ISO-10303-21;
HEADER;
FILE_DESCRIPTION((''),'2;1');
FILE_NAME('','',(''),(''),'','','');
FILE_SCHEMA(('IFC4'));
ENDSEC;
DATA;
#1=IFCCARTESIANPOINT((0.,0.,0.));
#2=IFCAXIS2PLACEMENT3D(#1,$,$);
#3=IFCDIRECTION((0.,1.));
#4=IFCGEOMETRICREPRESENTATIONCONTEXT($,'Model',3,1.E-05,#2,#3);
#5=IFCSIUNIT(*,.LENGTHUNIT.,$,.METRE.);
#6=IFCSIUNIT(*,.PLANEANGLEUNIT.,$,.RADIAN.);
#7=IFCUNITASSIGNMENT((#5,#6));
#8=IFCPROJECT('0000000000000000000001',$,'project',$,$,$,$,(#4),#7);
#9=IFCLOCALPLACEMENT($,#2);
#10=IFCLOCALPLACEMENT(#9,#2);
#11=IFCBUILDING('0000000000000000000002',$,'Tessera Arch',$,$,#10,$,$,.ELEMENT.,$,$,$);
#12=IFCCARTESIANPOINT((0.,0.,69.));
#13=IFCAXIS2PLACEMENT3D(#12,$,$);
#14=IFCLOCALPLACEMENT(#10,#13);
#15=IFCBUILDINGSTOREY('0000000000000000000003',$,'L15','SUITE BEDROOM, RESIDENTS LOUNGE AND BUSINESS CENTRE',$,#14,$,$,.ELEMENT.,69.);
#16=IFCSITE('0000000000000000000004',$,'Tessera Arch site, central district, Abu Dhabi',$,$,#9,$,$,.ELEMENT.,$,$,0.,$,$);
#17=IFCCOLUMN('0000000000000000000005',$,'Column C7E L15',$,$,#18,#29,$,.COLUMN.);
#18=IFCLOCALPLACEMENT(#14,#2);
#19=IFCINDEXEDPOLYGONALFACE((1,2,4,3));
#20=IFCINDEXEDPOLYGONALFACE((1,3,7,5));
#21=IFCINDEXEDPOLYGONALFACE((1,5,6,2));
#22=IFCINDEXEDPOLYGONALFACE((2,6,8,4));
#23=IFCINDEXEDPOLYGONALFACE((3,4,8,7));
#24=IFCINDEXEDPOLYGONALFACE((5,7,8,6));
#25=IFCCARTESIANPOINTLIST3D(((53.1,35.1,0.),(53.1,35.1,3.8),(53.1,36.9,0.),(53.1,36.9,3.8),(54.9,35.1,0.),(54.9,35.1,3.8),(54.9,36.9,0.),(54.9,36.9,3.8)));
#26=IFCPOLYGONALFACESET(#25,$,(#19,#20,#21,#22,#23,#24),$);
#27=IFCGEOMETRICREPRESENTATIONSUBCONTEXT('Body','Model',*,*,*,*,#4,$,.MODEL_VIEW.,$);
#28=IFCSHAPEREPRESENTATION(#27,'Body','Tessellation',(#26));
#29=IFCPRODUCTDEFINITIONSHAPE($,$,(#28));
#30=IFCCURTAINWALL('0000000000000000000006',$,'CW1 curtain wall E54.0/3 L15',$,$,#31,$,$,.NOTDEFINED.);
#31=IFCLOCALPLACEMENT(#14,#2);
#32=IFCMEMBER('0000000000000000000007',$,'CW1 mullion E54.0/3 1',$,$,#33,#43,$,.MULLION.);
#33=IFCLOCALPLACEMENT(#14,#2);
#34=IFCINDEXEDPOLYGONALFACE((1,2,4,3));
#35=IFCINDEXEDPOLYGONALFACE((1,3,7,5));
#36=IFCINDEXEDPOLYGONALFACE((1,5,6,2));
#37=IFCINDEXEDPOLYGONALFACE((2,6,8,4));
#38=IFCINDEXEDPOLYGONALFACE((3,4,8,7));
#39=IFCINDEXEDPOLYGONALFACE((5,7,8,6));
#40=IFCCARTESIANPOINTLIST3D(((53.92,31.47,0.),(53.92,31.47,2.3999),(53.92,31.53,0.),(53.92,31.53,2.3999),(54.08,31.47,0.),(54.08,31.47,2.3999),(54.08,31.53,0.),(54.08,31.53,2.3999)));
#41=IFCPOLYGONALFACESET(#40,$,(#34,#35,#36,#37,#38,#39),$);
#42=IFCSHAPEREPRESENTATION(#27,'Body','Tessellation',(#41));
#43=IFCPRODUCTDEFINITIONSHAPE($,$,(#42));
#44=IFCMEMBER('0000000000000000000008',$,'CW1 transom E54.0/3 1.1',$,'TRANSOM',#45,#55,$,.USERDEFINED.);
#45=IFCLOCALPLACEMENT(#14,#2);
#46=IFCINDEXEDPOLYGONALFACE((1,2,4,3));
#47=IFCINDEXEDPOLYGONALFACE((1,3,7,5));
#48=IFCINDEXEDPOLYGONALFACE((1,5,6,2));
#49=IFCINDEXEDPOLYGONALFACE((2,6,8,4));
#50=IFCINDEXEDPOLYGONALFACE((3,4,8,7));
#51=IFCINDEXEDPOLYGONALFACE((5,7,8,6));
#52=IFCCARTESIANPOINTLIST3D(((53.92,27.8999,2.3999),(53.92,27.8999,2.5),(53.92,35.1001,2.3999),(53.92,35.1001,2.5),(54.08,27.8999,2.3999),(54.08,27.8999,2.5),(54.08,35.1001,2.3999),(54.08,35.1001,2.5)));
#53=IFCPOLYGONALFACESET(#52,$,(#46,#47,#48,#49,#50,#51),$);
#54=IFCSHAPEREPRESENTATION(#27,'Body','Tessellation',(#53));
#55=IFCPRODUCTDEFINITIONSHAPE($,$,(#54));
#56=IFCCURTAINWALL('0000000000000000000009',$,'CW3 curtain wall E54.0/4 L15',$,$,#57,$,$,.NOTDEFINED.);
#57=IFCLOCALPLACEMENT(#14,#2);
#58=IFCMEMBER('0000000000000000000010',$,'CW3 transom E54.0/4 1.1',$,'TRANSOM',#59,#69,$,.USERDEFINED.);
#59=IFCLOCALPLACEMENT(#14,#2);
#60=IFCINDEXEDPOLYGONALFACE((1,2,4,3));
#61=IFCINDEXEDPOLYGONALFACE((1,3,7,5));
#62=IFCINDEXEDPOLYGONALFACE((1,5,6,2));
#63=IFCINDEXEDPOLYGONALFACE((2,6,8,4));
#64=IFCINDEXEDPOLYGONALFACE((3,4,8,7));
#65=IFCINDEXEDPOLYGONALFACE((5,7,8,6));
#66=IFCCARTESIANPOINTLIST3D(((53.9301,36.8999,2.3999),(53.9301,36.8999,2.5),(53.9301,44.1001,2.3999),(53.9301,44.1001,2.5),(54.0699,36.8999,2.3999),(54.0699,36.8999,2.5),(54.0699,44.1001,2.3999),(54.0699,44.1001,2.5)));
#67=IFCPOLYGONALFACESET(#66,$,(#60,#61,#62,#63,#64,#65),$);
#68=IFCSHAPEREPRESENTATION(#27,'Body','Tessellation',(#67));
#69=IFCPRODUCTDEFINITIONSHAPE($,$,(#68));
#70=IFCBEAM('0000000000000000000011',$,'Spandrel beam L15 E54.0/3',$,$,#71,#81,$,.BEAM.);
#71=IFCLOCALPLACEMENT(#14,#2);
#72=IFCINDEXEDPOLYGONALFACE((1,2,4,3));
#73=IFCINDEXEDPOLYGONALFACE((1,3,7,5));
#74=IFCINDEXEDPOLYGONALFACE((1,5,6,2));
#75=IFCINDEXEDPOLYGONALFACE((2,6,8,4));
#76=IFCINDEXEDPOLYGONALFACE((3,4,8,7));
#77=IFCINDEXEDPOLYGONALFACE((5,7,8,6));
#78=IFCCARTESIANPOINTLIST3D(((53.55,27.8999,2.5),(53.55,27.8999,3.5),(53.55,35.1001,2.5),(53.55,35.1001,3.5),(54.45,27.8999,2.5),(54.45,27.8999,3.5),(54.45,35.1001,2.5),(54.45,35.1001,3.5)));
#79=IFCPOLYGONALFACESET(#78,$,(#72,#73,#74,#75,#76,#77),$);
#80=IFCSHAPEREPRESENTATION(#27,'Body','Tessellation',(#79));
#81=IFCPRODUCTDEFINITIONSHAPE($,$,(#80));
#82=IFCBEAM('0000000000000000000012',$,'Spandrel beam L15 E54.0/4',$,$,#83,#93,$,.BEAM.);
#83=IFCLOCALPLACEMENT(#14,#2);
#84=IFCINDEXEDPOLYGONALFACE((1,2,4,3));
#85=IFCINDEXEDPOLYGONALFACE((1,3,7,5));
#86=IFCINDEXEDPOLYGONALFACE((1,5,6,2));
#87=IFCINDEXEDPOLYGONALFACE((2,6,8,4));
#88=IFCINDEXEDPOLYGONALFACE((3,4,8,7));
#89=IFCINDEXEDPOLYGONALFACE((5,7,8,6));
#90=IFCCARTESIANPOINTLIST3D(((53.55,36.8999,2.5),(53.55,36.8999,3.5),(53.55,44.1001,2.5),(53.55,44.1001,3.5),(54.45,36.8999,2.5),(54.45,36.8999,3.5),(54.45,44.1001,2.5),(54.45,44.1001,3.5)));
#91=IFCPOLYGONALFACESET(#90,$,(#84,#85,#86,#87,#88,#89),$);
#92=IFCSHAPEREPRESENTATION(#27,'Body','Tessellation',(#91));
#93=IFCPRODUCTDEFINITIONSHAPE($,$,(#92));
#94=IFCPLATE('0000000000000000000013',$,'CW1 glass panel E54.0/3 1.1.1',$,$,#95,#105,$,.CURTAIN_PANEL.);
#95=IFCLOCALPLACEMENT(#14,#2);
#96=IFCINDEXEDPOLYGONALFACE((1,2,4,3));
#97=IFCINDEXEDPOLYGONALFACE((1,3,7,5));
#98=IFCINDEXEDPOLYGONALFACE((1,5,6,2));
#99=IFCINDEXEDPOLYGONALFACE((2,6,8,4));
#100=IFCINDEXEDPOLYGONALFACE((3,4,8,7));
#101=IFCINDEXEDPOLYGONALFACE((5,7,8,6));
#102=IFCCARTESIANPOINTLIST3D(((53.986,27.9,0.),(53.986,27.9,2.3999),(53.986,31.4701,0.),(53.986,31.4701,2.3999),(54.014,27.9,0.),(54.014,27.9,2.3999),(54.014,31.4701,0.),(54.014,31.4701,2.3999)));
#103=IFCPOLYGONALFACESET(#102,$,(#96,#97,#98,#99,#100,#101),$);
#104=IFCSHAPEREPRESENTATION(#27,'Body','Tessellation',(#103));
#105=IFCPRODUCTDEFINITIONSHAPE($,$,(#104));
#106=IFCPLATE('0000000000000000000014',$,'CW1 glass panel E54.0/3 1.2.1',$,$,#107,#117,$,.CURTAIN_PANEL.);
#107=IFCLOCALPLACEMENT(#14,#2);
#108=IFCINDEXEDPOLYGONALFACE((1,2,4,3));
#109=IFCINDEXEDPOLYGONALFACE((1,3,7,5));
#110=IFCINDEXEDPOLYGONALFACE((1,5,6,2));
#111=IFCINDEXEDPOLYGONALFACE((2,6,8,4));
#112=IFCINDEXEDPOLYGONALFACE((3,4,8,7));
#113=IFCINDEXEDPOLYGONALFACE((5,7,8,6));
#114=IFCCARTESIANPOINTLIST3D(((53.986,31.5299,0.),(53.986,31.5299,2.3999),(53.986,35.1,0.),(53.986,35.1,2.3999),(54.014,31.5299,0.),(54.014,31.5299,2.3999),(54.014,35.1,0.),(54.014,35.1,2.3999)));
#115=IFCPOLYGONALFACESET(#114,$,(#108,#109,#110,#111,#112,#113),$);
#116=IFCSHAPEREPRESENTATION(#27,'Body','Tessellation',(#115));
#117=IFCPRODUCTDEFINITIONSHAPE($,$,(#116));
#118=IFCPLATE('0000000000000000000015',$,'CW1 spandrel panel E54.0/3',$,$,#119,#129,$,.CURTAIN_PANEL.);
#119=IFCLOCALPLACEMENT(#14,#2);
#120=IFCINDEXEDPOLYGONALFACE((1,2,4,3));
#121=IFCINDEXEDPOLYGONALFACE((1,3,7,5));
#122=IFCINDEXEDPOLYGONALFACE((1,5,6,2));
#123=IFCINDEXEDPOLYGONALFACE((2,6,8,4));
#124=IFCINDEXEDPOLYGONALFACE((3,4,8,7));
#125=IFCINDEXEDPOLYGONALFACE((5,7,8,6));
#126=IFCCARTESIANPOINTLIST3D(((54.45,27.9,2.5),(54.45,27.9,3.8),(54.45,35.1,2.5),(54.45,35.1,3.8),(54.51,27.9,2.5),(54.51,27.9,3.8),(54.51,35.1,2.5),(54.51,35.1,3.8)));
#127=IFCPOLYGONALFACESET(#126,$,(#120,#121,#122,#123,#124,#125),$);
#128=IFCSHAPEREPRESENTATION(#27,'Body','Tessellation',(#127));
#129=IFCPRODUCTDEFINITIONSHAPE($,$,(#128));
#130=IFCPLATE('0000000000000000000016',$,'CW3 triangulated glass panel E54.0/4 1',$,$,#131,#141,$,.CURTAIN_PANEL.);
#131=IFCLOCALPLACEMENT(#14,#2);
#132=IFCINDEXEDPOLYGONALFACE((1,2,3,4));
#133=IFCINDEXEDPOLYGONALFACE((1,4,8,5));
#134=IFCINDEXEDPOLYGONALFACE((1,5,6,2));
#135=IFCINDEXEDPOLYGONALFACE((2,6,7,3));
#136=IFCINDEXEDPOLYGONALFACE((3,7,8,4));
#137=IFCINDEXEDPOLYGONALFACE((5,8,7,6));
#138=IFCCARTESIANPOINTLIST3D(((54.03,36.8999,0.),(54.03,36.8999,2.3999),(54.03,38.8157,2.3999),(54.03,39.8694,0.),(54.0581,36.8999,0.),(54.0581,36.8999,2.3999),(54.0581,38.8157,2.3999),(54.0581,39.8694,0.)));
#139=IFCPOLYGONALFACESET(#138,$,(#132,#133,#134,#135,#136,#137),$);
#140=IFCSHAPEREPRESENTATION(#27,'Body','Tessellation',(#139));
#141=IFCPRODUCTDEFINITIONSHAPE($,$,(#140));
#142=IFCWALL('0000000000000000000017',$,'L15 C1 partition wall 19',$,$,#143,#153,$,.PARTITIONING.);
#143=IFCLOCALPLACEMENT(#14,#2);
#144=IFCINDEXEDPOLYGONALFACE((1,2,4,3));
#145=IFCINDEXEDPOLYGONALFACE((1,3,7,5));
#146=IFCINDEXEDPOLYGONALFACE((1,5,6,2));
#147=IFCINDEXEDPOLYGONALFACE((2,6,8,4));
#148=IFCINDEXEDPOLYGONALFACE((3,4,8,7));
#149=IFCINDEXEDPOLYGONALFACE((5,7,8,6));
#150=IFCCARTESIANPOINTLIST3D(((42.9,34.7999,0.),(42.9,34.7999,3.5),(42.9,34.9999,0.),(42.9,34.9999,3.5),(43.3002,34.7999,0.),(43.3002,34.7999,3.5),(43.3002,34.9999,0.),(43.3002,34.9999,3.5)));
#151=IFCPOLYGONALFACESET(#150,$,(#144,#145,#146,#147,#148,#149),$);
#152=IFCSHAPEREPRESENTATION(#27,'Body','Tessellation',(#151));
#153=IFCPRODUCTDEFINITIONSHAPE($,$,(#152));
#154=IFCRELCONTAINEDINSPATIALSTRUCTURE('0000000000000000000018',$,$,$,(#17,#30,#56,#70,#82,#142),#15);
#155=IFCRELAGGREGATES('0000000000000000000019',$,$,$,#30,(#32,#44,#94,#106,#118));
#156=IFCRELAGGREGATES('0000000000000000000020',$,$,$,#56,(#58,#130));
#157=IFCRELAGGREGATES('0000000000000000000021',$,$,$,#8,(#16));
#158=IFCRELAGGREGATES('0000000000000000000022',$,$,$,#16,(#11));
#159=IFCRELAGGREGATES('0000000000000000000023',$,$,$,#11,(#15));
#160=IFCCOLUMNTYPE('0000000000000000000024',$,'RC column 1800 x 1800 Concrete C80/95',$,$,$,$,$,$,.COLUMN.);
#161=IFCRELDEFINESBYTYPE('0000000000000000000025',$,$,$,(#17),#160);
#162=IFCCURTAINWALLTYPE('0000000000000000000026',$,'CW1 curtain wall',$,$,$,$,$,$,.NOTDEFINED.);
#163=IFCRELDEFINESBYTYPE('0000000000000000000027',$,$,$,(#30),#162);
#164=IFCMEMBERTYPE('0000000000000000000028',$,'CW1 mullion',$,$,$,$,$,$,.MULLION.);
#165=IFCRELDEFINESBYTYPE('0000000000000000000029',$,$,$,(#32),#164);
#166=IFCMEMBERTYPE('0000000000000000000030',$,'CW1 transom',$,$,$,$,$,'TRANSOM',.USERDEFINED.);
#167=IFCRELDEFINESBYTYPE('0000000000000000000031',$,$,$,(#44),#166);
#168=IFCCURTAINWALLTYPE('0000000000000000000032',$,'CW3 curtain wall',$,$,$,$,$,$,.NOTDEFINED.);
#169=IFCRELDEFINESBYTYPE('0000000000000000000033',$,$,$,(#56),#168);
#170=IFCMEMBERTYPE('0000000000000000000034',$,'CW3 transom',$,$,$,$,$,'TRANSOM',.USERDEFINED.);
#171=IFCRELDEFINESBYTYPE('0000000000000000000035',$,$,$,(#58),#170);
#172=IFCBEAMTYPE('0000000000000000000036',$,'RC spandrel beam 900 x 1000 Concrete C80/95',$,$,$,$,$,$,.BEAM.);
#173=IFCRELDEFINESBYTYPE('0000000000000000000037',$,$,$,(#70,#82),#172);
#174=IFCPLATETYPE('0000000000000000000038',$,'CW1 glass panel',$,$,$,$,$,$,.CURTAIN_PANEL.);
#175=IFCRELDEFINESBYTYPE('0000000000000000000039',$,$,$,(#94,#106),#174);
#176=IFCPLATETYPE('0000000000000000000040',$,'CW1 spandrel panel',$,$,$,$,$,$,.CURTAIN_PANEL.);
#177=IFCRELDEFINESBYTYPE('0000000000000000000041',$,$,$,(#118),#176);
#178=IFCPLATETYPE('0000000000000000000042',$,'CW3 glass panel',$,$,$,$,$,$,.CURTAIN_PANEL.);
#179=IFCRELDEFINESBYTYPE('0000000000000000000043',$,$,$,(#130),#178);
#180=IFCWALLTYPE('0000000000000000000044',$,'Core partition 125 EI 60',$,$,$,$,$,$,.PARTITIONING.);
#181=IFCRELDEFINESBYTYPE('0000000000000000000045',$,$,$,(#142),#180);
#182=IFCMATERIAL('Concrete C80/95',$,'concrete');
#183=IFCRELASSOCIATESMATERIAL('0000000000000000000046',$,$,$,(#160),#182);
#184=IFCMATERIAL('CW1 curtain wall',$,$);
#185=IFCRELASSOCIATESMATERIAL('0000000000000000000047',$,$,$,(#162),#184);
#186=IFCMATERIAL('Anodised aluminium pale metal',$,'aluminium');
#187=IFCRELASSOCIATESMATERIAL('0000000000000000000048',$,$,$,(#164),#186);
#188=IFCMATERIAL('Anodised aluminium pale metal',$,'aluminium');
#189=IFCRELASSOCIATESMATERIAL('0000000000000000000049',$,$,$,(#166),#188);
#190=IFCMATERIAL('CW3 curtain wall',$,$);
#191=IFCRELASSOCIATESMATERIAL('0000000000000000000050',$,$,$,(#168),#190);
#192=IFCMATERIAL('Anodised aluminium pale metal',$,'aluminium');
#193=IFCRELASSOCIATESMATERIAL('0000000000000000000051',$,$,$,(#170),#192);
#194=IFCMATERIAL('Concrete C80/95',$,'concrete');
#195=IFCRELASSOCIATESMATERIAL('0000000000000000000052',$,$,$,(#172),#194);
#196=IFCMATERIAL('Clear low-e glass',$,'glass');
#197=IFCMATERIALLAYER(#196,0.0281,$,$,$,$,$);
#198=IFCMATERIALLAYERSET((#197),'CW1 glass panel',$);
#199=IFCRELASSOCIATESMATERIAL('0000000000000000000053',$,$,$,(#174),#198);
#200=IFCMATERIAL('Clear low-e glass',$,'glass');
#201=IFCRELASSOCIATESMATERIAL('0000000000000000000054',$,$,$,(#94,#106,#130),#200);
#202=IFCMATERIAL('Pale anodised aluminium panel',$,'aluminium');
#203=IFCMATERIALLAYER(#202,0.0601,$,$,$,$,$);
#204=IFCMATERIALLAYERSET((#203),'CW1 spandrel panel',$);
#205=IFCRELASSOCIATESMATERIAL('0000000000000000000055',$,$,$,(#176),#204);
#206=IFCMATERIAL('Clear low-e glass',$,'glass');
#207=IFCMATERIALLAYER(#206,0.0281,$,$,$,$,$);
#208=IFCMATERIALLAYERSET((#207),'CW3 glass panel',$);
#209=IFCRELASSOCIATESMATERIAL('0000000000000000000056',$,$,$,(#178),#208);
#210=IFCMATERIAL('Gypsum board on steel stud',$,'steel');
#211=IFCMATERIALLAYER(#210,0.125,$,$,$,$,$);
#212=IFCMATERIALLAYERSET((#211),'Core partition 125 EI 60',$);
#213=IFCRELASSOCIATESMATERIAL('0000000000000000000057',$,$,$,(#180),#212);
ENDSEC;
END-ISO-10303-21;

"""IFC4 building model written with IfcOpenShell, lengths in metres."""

from ifc_helpers import new_model, si_unit, direction, frame, frame_2d, origin, origin_2d, place, context, subcontext, project, spatial, polyline, rectangle, outline, extrude, material, layer, layer_set, material_profile, profile_set, type_object, element, aggregate, save


model = new_model("IFC4")

# Units and contexts
model_context = context("Model", 3, precision=1e-05, world=origin(), true_north=direction((0.0, 1.0)))
body_context = subcontext(model_context, "Body", "Model", "MODEL_VIEW")
ifc_project = project(units=[si_unit("LENGTHUNIT", "METRE"), si_unit("PLANEANGLEUNIT", "RADIAN")], contexts=[model_context])

# Site, building, storey
site_placement = place(None, origin())
site = spatial("IfcSite", under=ifc_project, at=site_placement, Name="Tessera Arch site, central district, Abu Dhabi", CompositionType="ELEMENT", RefElevation=0.0)
building_placement = place(site_placement, origin())
building = spatial("IfcBuilding", under=site, at=building_placement, Name="Tessera Arch", CompositionType="ELEMENT")
storey_placement = place(building_placement, frame((0.0, 0.0, 69.0)))
storey = spatial("IfcBuildingStorey", under=building, at=storey_placement, Name="L15", Description="SUITE BEDROOM, RESIDENTS LOUNGE AND BUSINESS CENTRE", CompositionType="ELEMENT", Elevation=69.0)

# Column
ifc_material_1 = material(Name="Concrete C80/95", Category="concrete")
ifc_material_profile_1 = material_profile(ifc_material_1, rectangle(XDim=1.8, YDim=1.8, at=origin_2d()), Name="RC column 1800 x 1800 Concrete C80/95")
ifc_profile_set_1 = profile_set([ifc_material_profile_1], Name="Concrete C80/95")
column_type = type_object("IfcColumnType", Name="RC column 1800 x 1800 Concrete C80/95", PredefinedType="COLUMN", material=ifc_profile_set_1)
column_placement = place(storey_placement, frame((54.0, 36.0, 0.0), z_axis=(0.0, 0.0, 1.0), x_axis=(1.0, 0.0, 0.0)))
element("IfcColumn", 1, at=column_placement, inside=storey, type_object=column_type, Name="Column C7E L15", PredefinedType="COLUMN", context=body_context, shape_type="SweptSolid", body=[
    extrude(rectangle(XDim=1.8, YDim=1.8, at=origin_2d()), origin(), (0.0, 0.0, 1.0), 3.8),
])

# Curtain wall, members
ifc_material_2 = material(Name="CW1 curtain wall")
curtain_wall_type_1 = type_object("IfcCurtainWallType", Name="CW1 curtain wall", PredefinedType="NOTDEFINED", material=ifc_material_2)
curtain_wall_1_placement = place(storey_placement, origin())
curtain_wall_1 = element("IfcCurtainWall", 2, at=curtain_wall_1_placement, inside=storey, type_object=curtain_wall_type_1, Name="CW1 curtain wall E54.0/3 L15", PredefinedType="NOTDEFINED")
ifc_material_3 = material(Name="Anodised aluminium pale metal", Category="aluminium")
ifc_material_profile_2 = material_profile(ifc_material_3, rectangle(XDim=0.1599, YDim=0.0601, at=origin_2d()), Name="AL 60x160")
ifc_profile_set_2 = profile_set([ifc_material_profile_2], Name="Anodised aluminium pale metal")
member_type_1 = type_object("IfcMemberType", Name="CW1 mullion", PredefinedType="MULLION", material=ifc_profile_set_2)
member_1_placement = place(storey_placement, frame((54.0, 31.5, 0.0), z_axis=(0.0, 0.0, 1.0), x_axis=(-1.0, 0.0, 0.0)))
member_1 = element("IfcMember", 3, at=member_1_placement, type_object=member_type_1, Name="CW1 mullion E54.0/3 1", PredefinedType="MULLION", context=body_context, shape_type="SweptSolid", body=[
    extrude(rectangle(XDim=0.1599, YDim=0.0601, at=origin_2d()), origin(), (0.0, 0.0, 1.0), 2.3999),
])
ifc_material_4 = material(Name="Anodised aluminium pale metal", Category="aluminium")
ifc_material_profile_3 = material_profile(ifc_material_4, rectangle(XDim=0.1599, YDim=0.1001, at=origin_2d()), Name="AL 160x100")
ifc_profile_set_3 = profile_set([ifc_material_profile_3], Name="Anodised aluminium pale metal")
member_type_2 = type_object("IfcMemberType", Name="CW1 transom", ElementType="TRANSOM", PredefinedType="USERDEFINED", material=ifc_profile_set_3)
member_2_placement = place(storey_placement, frame((54.0, 27.8999, 2.45), z_axis=(0.0, 1.0, 0.0), x_axis=(-1.0, 0.0, 0.0)))
member_2 = element("IfcMember", 4, at=member_2_placement, type_object=member_type_2, Name="CW1 transom E54.0/3 1.1", ObjectType="TRANSOM", PredefinedType="USERDEFINED", context=body_context, shape_type="SweptSolid", body=[
    extrude(rectangle(XDim=0.1599, YDim=0.1001, at=origin_2d()), origin(), (0.0, 0.0, 1.0), 7.2002),
])

# Curtain wall, member
ifc_material_5 = material(Name="CW3 curtain wall")
curtain_wall_type_2 = type_object("IfcCurtainWallType", Name="CW3 curtain wall", PredefinedType="NOTDEFINED", material=ifc_material_5)
curtain_wall_2_placement = place(storey_placement, origin())
curtain_wall_2 = element("IfcCurtainWall", 5, at=curtain_wall_2_placement, inside=storey, type_object=curtain_wall_type_2, Name="CW3 curtain wall E54.0/4 L15", PredefinedType="NOTDEFINED")
ifc_material_6 = material(Name="Anodised aluminium pale metal", Category="aluminium")
ifc_material_profile_4 = material_profile(ifc_material_6, rectangle(XDim=0.1399, YDim=0.1001, at=origin_2d()), Name="AL 140x100")
ifc_profile_set_4 = profile_set([ifc_material_profile_4], Name="Anodised aluminium pale metal")
member_type_3 = type_object("IfcMemberType", Name="CW3 transom", ElementType="TRANSOM", PredefinedType="USERDEFINED", material=ifc_profile_set_4)
member_3_placement = place(storey_placement, frame((54.0, 36.8999, 2.45), z_axis=(0.0, 1.0, 0.0), x_axis=(-1.0, 0.0, 0.0)))
member_3 = element("IfcMember", 6, at=member_3_placement, type_object=member_type_3, Name="CW3 transom E54.0/4 1.1", ObjectType="TRANSOM", PredefinedType="USERDEFINED", context=body_context, shape_type="SweptSolid", body=[
    extrude(rectangle(XDim=0.1399, YDim=0.1001, at=origin_2d()), origin(), (0.0, 0.0, 1.0), 7.2002),
])

# Beams
ifc_material_7 = material(Name="Concrete C80/95", Category="concrete")
ifc_material_profile_5 = material_profile(ifc_material_7, rectangle(XDim=0.8999, YDim=1.0, at=origin_2d()), Name="RC spandrel beam 900 x 1000 Concrete C80/95")
ifc_profile_set_5 = profile_set([ifc_material_profile_5], Name="Concrete C80/95")
beam_type = type_object("IfcBeamType", Name="RC spandrel beam 900 x 1000 Concrete C80/95", PredefinedType="BEAM", material=ifc_profile_set_5)
for number, where, z_axis, x_axis, name in (
    (7, (54.0, 27.8999, 3.0), (0.0, 1.0, 0.0), (-1.0, 0.0, 0.0), "Spandrel beam L15 E54.0/3"),
    (8, (54.0, 36.8999, 3.0), (0.0, 1.0, 0.0), (-1.0, 0.0, 0.0), "Spandrel beam L15 E54.0/4"),
):
    element("IfcBeam", number, at=place(storey_placement, frame(where, z_axis=z_axis, x_axis=x_axis)), inside=storey, type_object=beam_type, Name=name, PredefinedType="BEAM", context=body_context, shape_type="SweptSolid", body=[
        extrude(rectangle(XDim=0.8999, YDim=1.0, at=origin_2d()), origin(), (0.0, 0.0, 1.0), 7.2002),
    ])

# Plates
ifc_material_8 = material(Name="Clear low-e glass", Category="glass")
ifc_material_9 = material(Name="Clear low-e glass", Category="glass")
ifc_layer_1 = layer(ifc_material_9, 0.0281)
ifc_layer_set_1 = layer_set([ifc_layer_1], Name="CW1 glass panel")
plate_type_1 = type_object("IfcPlateType", Name="CW1 glass panel", PredefinedType="CURTAIN_PANEL", material=ifc_layer_set_1)
plate_1_placement = place(storey_placement, frame((54.0, 29.6851, 0.0), z_axis=(0.0, 0.0, 1.0), x_axis=(0.0, 1.0, 0.0)))
plate_1 = element("IfcPlate", 9, at=plate_1_placement, type_object=plate_type_1, material=ifc_material_8, Name="CW1 glass panel E54.0/3 1.1.1", PredefinedType="CURTAIN_PANEL", context=body_context, shape_type="SweptSolid", body=[
    extrude(rectangle(XDim=3.5701, YDim=0.0281, at=origin_2d()), origin(), (0.0, 0.0, 1.0), 2.3999),
])
plate_2_placement = place(storey_placement, frame((54.0, 33.3149, 0.0), z_axis=(0.0, 0.0, 1.0), x_axis=(0.0, 1.0, 0.0)))
plate_2 = element("IfcPlate", 10, at=plate_2_placement, type_object=plate_type_1, material=ifc_material_8, Name="CW1 glass panel E54.0/3 1.2.1", PredefinedType="CURTAIN_PANEL", context=body_context, shape_type="SweptSolid", body=[
    extrude(rectangle(XDim=3.5701, YDim=0.0281, at=origin_2d()), origin(), (0.0, 0.0, 1.0), 2.3999),
])
ifc_material_10 = material(Name="Pale anodised aluminium panel", Category="aluminium")
ifc_layer_2 = layer(ifc_material_10, 0.0601)
ifc_layer_set_2 = layer_set([ifc_layer_2], Name="CW1 spandrel panel")
plate_type_2 = type_object("IfcPlateType", Name="CW1 spandrel panel", PredefinedType="CURTAIN_PANEL", material=ifc_layer_set_2)
plate_3_placement = place(storey_placement, frame((54.48, 31.5, 2.5), z_axis=(0.0, 0.0, 1.0), x_axis=(0.0, 1.0, 0.0)))
plate_3 = element("IfcPlate", 11, at=plate_3_placement, type_object=plate_type_2, Name="CW1 spandrel panel E54.0/3", PredefinedType="CURTAIN_PANEL", context=body_context, shape_type="SweptSolid", body=[
    extrude(rectangle(XDim=7.2, YDim=0.0601, at=origin_2d()), origin(), (0.0, 0.0, 1.0), 1.3),
])
aggregate(curtain_wall_1, [member_1, member_2, plate_1, plate_2, plate_3])
ifc_material_11 = material(Name="Clear low-e glass", Category="glass")
ifc_layer_3 = layer(ifc_material_11, 0.0281)
ifc_layer_set_3 = layer_set([ifc_layer_3], Name="CW3 glass panel")
plate_type_3 = type_object("IfcPlateType", Name="CW3 glass panel", PredefinedType="CURTAIN_PANEL", material=ifc_layer_set_3)
plate_4_placement = place(storey_placement, frame((54.0581, 36.8999, 0.0), z_axis=(1.0, 0.0, 0.0), x_axis=(0.0, 1.0, 0.0)))
plate_4 = element("IfcPlate", 12, at=plate_4_placement, type_object=plate_type_3, material=ifc_material_8, Name="CW3 triangulated glass panel E54.0/4 1", PredefinedType="CURTAIN_PANEL", context=body_context, shape_type="SweptSolid", body=[
    extrude(outline(polyline([(0.0, 0.0), (2.9695, 0.0), (1.9158, 2.3999), (0.0, 2.3999), (0.0, 0.0)])), origin(), (0.0, 0.0, -1.0), 0.0281),
])
aggregate(curtain_wall_2, [member_3, plate_4])

# Wall
ifc_material_12 = material(Name="Gypsum board on steel stud", Category="steel")
ifc_layer_4 = layer(ifc_material_12, 0.125)
ifc_layer_set_4 = layer_set([ifc_layer_4], Name="Core partition 125 EI 60")
wall_type_1 = type_object("IfcWallType", Name="Core partition 125 EI 60", PredefinedType="PARTITIONING", material=ifc_layer_set_4)
wall_1_placement = place(storey_placement, frame((42.8999, 34.8999, 0.0), z_axis=(0.0, 0.0, 1.0), x_axis=(1.0, 0.0, 0.0)))
element("IfcWall", 13, at=wall_1_placement, inside=storey, type_object=wall_type_1, Name="L15 C1 partition wall 19", PredefinedType="PARTITIONING", context=body_context, shape_type="SweptSolid", body=[
    extrude(rectangle(XDim=0.4001, YDim=0.2, at=frame_2d((0.2002, 0.0))), origin(), (0.0, 0.0, 1.0), 3.5),
])

save(model, "model.ifc")
